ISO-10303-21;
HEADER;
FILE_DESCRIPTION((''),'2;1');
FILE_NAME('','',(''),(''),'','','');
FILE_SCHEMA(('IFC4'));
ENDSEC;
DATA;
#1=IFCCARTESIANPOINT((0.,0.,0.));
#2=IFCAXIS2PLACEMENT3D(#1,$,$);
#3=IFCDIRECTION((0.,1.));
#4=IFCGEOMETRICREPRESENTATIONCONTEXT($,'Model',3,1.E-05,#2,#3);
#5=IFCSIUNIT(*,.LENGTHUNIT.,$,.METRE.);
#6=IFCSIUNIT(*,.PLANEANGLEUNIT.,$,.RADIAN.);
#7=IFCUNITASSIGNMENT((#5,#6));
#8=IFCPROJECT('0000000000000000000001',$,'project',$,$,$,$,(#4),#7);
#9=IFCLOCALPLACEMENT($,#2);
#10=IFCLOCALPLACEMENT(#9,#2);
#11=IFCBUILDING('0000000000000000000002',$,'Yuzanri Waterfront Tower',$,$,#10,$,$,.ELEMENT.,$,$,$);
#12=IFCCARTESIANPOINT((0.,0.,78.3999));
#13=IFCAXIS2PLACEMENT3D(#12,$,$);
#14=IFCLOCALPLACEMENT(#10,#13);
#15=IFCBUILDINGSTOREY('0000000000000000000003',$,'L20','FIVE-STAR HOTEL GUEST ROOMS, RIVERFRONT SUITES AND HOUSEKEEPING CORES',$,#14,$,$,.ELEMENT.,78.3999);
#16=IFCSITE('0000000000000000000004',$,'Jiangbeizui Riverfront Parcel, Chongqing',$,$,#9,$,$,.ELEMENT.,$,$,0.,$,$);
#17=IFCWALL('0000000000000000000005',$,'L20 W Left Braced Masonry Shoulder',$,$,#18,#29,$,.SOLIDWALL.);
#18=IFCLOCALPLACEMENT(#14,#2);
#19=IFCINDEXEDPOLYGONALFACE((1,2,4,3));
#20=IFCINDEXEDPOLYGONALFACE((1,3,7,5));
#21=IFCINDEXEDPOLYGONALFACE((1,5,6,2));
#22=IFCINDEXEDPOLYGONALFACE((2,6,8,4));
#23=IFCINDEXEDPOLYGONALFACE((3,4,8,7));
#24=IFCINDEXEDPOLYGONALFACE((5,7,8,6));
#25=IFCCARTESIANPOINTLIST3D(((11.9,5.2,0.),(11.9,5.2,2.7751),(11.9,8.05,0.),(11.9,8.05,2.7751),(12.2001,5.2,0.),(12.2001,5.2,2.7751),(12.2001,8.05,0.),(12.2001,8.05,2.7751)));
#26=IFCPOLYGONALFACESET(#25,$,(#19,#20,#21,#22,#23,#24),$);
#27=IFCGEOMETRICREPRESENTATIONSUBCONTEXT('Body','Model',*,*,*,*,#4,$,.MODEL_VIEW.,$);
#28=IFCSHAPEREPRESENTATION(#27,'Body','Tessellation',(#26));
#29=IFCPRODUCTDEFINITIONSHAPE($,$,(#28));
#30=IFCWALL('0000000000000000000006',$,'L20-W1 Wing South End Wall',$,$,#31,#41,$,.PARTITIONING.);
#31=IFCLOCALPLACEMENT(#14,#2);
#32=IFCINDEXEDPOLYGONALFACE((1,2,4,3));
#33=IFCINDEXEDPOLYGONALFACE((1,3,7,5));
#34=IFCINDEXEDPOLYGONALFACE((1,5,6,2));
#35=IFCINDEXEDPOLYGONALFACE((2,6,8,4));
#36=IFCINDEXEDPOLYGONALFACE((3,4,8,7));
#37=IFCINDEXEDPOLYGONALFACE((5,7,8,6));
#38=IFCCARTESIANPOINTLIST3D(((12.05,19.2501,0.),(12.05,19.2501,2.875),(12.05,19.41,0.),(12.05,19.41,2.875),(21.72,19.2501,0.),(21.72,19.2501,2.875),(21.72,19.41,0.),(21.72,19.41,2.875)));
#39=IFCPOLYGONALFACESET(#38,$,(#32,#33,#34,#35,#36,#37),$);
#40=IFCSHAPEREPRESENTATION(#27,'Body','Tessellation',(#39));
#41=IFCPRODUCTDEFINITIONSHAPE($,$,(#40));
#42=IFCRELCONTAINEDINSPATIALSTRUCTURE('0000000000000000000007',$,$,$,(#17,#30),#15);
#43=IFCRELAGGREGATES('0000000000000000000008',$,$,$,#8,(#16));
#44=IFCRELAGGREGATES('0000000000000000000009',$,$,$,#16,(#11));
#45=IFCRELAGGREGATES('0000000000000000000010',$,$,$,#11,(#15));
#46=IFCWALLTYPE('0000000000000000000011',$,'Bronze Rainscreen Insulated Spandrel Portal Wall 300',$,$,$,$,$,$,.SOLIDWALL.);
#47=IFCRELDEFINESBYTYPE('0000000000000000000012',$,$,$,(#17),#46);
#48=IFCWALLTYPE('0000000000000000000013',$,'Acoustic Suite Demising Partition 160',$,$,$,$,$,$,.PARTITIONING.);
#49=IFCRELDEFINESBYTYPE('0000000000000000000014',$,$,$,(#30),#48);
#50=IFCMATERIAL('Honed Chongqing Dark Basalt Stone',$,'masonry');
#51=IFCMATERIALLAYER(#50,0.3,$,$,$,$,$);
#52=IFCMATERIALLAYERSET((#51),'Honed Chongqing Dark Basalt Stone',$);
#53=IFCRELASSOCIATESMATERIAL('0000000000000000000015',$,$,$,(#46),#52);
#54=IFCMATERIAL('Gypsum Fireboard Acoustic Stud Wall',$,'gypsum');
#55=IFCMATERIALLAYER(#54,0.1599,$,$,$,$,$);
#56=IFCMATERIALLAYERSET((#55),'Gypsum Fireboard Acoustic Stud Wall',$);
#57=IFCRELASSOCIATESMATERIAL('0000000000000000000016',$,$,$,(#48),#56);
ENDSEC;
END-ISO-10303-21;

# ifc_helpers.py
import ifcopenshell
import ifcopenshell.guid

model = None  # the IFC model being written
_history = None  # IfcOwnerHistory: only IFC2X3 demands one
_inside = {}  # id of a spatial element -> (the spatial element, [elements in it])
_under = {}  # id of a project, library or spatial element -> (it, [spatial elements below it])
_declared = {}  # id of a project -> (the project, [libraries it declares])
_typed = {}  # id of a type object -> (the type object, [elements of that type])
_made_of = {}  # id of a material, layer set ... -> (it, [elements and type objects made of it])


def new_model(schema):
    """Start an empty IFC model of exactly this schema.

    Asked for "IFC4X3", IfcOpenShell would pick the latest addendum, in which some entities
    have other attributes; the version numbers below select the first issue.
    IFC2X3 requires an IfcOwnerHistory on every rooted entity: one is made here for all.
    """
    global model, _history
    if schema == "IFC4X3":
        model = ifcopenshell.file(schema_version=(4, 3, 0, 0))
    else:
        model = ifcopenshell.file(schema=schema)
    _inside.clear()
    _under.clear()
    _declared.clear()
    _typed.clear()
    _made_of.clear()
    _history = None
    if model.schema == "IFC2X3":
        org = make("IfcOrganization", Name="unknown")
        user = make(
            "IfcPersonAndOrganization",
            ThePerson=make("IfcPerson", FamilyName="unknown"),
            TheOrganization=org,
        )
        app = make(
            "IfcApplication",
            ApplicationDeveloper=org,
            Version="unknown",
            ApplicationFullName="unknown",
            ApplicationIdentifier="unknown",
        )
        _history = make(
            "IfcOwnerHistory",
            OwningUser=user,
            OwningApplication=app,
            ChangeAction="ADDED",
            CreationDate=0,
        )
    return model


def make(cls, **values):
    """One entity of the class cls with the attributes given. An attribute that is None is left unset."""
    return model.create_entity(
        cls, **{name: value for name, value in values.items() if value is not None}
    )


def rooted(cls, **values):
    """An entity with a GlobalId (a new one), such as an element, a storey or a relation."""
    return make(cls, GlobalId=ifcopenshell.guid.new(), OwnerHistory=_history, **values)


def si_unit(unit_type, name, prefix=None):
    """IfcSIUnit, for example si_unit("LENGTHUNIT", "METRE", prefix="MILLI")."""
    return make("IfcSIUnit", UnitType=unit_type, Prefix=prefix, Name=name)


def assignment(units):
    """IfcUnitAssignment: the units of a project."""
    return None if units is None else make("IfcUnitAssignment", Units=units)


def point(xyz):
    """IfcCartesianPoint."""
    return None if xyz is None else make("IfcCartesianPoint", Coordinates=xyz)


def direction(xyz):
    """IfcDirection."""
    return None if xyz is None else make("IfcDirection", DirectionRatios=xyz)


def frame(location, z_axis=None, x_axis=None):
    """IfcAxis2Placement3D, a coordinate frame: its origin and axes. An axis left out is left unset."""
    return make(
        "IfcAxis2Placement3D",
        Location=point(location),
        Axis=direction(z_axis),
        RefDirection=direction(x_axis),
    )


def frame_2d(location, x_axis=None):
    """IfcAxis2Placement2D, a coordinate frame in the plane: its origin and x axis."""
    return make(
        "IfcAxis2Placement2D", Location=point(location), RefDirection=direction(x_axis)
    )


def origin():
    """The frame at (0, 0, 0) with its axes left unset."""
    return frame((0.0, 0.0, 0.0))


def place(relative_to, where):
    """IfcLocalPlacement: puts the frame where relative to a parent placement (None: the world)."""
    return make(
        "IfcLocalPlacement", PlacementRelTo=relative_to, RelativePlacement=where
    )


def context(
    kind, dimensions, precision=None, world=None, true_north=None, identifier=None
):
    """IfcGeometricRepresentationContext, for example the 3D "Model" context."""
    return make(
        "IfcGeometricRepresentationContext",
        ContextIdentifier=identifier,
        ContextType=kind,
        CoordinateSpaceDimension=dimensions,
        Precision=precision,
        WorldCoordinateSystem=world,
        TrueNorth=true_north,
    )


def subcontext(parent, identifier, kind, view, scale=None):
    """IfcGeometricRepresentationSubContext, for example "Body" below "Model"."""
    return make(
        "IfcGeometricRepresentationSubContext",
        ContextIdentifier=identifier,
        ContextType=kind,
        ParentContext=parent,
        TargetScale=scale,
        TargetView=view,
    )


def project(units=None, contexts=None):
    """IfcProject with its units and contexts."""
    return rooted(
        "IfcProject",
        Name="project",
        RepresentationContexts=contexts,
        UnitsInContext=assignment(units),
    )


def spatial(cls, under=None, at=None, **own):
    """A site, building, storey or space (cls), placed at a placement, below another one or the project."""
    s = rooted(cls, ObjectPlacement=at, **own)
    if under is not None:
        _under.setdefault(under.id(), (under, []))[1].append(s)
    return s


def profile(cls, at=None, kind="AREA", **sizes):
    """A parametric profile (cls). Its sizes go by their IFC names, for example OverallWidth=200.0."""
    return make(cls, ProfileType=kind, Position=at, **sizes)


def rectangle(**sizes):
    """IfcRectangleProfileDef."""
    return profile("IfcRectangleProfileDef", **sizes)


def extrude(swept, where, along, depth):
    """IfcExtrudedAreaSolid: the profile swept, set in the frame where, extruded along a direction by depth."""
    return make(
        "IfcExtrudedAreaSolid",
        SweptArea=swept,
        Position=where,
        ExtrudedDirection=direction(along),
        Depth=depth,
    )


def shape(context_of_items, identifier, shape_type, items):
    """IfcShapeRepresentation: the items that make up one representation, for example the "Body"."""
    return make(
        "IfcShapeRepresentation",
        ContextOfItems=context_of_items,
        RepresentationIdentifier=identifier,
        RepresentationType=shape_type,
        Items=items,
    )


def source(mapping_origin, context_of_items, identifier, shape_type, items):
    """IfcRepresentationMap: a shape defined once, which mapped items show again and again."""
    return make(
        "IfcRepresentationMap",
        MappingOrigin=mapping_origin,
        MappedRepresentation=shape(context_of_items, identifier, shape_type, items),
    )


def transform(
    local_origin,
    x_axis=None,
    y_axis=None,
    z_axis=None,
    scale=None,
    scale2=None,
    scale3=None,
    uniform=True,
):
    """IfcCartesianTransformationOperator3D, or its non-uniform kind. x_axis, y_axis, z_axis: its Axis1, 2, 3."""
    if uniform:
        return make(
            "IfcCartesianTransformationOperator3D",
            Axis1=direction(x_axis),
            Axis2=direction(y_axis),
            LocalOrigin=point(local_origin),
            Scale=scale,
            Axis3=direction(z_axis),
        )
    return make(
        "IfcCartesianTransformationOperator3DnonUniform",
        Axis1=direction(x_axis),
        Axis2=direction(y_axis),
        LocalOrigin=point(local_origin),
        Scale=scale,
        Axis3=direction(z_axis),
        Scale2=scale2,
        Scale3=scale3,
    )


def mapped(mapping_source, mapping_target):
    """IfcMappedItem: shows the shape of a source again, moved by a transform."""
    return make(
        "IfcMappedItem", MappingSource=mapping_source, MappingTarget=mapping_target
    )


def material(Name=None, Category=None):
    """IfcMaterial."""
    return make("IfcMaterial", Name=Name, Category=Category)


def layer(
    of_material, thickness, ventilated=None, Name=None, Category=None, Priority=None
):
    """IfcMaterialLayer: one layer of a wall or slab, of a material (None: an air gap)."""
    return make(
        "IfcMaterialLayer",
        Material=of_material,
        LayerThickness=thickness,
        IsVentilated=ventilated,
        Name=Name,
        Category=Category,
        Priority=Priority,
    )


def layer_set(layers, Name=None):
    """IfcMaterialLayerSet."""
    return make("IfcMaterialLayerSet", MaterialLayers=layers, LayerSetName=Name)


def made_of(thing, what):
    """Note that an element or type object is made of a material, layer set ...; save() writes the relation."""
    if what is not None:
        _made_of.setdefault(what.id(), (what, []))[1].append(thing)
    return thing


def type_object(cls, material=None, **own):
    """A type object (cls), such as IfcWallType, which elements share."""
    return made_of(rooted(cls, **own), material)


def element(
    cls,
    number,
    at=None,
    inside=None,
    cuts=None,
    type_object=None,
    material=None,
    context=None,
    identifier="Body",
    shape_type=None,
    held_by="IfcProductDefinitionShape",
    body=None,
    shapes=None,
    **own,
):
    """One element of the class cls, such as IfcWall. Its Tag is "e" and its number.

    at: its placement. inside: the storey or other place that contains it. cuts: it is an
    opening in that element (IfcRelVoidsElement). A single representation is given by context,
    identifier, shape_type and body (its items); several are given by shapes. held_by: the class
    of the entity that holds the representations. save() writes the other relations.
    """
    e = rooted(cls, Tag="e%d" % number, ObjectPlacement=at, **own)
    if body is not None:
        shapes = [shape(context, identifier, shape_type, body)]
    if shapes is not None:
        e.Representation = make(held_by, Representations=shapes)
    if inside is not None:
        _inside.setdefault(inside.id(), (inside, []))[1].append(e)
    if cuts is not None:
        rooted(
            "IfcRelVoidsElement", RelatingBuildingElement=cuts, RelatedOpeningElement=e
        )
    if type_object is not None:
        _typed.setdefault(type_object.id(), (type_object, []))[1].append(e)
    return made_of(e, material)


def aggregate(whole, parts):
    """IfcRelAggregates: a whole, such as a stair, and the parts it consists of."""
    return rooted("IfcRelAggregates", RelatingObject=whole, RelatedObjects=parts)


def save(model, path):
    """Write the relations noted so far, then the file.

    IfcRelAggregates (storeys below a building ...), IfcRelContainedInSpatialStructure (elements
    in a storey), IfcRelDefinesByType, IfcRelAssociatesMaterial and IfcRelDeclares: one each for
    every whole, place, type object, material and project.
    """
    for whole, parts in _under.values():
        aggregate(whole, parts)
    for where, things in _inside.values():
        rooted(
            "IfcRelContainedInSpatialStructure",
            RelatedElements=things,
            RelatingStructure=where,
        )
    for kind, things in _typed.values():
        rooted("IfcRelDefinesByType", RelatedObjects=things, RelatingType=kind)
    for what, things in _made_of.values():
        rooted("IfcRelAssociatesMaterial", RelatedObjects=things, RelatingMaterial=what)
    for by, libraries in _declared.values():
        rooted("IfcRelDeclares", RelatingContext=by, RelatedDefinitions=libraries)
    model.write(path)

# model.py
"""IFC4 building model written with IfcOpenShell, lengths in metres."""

from ifc_helpers import new_model, si_unit, direction, frame, frame_2d, origin, place, context, subcontext, project, spatial, rectangle, extrude, source, transform, mapped, material, layer, layer_set, type_object, element, save


model = new_model("IFC4")

# Units and contexts
model_context = context("Model", 3, precision=1e-05, world=origin(), true_north=direction((0.0, 1.0)))
body_context = subcontext(model_context, "Body", "Model", "MODEL_VIEW")
ifc_project = project(units=[si_unit("LENGTHUNIT", "METRE"), si_unit("PLANEANGLEUNIT", "RADIAN")], contexts=[model_context])

# Site, building, storey
site_placement = place(None, origin())
site = spatial("IfcSite", under=ifc_project, at=site_placement, Name="Jiangbeizui Riverfront Parcel, Chongqing", CompositionType="ELEMENT", RefElevation=0.0)
building_placement = place(site_placement, origin())
building = spatial("IfcBuilding", under=site, at=building_placement, Name="Yuzanri Waterfront Tower", CompositionType="ELEMENT")
storey_placement = place(building_placement, frame((0.0, 0.0, 78.3999)))
storey = spatial("IfcBuildingStorey", under=building, at=storey_placement, Name="L20", Description="FIVE-STAR HOTEL GUEST ROOMS, RIVERFRONT SUITES AND HOUSEKEEPING CORES", CompositionType="ELEMENT", Elevation=78.3999)

# Walls
ifc_material_1 = material(Name="Honed Chongqing Dark Basalt Stone", Category="masonry")
ifc_layer_1 = layer(ifc_material_1, 0.3)
ifc_layer_set_1 = layer_set([ifc_layer_1], Name="Honed Chongqing Dark Basalt Stone")
wall_type_1 = type_object("IfcWallType", Name="Bronze Rainscreen Insulated Spandrel Portal Wall 300", PredefinedType="SOLIDWALL", material=ifc_layer_set_1)
shared_shape_1 = source(origin(), body_context, "Body", "SweptSolid", [
    extrude(rectangle(XDim=2.8501, YDim=0.3, at=frame_2d((1.425, 0.0))), origin(), (0.0, 0.0, 1.0), 2.7751),
])
wall_1_placement = place(storey_placement, frame((12.05, 5.2, 0.0), z_axis=(0.0, 0.0, 1.0), x_axis=(0.0, 1.0, 0.0)))
element("IfcWall", 1, at=wall_1_placement, inside=storey, type_object=wall_type_1, Name="L20 W Left Braced Masonry Shoulder", PredefinedType="SOLIDWALL", context=body_context, shape_type="MappedRepresentation", body=[
    mapped(shared_shape_1, transform((0.0, 0.0, 0.0), scale=1.0)),
])
ifc_material_2 = material(Name="Gypsum Fireboard Acoustic Stud Wall", Category="gypsum")
ifc_layer_2 = layer(ifc_material_2, 0.1599)
ifc_layer_set_2 = layer_set([ifc_layer_2], Name="Gypsum Fireboard Acoustic Stud Wall")
wall_type_2 = type_object("IfcWallType", Name="Acoustic Suite Demising Partition 160", PredefinedType="PARTITIONING", material=ifc_layer_set_2)
shared_shape_2 = source(origin(), body_context, "Body", "SweptSolid", [
    extrude(rectangle(XDim=9.6699, YDim=0.1599, at=frame_2d((4.835, 0.0))), origin(), (0.0, 0.0, 1.0), 2.875),
])
wall_2_placement = place(storey_placement, frame((12.05, 19.3301, 0.0), z_axis=(0.0, 0.0, 1.0), x_axis=(1.0, 0.0, 0.0)))
element("IfcWall", 2, at=wall_2_placement, inside=storey, type_object=wall_type_2, Name="L20-W1 Wing South End Wall", PredefinedType="PARTITIONING", context=body_context, shape_type="MappedRepresentation", body=[
    mapped(shared_shape_2, transform((0.0, 0.0, 0.0), scale=1.0)),
])

save(model, "model.ifc")
